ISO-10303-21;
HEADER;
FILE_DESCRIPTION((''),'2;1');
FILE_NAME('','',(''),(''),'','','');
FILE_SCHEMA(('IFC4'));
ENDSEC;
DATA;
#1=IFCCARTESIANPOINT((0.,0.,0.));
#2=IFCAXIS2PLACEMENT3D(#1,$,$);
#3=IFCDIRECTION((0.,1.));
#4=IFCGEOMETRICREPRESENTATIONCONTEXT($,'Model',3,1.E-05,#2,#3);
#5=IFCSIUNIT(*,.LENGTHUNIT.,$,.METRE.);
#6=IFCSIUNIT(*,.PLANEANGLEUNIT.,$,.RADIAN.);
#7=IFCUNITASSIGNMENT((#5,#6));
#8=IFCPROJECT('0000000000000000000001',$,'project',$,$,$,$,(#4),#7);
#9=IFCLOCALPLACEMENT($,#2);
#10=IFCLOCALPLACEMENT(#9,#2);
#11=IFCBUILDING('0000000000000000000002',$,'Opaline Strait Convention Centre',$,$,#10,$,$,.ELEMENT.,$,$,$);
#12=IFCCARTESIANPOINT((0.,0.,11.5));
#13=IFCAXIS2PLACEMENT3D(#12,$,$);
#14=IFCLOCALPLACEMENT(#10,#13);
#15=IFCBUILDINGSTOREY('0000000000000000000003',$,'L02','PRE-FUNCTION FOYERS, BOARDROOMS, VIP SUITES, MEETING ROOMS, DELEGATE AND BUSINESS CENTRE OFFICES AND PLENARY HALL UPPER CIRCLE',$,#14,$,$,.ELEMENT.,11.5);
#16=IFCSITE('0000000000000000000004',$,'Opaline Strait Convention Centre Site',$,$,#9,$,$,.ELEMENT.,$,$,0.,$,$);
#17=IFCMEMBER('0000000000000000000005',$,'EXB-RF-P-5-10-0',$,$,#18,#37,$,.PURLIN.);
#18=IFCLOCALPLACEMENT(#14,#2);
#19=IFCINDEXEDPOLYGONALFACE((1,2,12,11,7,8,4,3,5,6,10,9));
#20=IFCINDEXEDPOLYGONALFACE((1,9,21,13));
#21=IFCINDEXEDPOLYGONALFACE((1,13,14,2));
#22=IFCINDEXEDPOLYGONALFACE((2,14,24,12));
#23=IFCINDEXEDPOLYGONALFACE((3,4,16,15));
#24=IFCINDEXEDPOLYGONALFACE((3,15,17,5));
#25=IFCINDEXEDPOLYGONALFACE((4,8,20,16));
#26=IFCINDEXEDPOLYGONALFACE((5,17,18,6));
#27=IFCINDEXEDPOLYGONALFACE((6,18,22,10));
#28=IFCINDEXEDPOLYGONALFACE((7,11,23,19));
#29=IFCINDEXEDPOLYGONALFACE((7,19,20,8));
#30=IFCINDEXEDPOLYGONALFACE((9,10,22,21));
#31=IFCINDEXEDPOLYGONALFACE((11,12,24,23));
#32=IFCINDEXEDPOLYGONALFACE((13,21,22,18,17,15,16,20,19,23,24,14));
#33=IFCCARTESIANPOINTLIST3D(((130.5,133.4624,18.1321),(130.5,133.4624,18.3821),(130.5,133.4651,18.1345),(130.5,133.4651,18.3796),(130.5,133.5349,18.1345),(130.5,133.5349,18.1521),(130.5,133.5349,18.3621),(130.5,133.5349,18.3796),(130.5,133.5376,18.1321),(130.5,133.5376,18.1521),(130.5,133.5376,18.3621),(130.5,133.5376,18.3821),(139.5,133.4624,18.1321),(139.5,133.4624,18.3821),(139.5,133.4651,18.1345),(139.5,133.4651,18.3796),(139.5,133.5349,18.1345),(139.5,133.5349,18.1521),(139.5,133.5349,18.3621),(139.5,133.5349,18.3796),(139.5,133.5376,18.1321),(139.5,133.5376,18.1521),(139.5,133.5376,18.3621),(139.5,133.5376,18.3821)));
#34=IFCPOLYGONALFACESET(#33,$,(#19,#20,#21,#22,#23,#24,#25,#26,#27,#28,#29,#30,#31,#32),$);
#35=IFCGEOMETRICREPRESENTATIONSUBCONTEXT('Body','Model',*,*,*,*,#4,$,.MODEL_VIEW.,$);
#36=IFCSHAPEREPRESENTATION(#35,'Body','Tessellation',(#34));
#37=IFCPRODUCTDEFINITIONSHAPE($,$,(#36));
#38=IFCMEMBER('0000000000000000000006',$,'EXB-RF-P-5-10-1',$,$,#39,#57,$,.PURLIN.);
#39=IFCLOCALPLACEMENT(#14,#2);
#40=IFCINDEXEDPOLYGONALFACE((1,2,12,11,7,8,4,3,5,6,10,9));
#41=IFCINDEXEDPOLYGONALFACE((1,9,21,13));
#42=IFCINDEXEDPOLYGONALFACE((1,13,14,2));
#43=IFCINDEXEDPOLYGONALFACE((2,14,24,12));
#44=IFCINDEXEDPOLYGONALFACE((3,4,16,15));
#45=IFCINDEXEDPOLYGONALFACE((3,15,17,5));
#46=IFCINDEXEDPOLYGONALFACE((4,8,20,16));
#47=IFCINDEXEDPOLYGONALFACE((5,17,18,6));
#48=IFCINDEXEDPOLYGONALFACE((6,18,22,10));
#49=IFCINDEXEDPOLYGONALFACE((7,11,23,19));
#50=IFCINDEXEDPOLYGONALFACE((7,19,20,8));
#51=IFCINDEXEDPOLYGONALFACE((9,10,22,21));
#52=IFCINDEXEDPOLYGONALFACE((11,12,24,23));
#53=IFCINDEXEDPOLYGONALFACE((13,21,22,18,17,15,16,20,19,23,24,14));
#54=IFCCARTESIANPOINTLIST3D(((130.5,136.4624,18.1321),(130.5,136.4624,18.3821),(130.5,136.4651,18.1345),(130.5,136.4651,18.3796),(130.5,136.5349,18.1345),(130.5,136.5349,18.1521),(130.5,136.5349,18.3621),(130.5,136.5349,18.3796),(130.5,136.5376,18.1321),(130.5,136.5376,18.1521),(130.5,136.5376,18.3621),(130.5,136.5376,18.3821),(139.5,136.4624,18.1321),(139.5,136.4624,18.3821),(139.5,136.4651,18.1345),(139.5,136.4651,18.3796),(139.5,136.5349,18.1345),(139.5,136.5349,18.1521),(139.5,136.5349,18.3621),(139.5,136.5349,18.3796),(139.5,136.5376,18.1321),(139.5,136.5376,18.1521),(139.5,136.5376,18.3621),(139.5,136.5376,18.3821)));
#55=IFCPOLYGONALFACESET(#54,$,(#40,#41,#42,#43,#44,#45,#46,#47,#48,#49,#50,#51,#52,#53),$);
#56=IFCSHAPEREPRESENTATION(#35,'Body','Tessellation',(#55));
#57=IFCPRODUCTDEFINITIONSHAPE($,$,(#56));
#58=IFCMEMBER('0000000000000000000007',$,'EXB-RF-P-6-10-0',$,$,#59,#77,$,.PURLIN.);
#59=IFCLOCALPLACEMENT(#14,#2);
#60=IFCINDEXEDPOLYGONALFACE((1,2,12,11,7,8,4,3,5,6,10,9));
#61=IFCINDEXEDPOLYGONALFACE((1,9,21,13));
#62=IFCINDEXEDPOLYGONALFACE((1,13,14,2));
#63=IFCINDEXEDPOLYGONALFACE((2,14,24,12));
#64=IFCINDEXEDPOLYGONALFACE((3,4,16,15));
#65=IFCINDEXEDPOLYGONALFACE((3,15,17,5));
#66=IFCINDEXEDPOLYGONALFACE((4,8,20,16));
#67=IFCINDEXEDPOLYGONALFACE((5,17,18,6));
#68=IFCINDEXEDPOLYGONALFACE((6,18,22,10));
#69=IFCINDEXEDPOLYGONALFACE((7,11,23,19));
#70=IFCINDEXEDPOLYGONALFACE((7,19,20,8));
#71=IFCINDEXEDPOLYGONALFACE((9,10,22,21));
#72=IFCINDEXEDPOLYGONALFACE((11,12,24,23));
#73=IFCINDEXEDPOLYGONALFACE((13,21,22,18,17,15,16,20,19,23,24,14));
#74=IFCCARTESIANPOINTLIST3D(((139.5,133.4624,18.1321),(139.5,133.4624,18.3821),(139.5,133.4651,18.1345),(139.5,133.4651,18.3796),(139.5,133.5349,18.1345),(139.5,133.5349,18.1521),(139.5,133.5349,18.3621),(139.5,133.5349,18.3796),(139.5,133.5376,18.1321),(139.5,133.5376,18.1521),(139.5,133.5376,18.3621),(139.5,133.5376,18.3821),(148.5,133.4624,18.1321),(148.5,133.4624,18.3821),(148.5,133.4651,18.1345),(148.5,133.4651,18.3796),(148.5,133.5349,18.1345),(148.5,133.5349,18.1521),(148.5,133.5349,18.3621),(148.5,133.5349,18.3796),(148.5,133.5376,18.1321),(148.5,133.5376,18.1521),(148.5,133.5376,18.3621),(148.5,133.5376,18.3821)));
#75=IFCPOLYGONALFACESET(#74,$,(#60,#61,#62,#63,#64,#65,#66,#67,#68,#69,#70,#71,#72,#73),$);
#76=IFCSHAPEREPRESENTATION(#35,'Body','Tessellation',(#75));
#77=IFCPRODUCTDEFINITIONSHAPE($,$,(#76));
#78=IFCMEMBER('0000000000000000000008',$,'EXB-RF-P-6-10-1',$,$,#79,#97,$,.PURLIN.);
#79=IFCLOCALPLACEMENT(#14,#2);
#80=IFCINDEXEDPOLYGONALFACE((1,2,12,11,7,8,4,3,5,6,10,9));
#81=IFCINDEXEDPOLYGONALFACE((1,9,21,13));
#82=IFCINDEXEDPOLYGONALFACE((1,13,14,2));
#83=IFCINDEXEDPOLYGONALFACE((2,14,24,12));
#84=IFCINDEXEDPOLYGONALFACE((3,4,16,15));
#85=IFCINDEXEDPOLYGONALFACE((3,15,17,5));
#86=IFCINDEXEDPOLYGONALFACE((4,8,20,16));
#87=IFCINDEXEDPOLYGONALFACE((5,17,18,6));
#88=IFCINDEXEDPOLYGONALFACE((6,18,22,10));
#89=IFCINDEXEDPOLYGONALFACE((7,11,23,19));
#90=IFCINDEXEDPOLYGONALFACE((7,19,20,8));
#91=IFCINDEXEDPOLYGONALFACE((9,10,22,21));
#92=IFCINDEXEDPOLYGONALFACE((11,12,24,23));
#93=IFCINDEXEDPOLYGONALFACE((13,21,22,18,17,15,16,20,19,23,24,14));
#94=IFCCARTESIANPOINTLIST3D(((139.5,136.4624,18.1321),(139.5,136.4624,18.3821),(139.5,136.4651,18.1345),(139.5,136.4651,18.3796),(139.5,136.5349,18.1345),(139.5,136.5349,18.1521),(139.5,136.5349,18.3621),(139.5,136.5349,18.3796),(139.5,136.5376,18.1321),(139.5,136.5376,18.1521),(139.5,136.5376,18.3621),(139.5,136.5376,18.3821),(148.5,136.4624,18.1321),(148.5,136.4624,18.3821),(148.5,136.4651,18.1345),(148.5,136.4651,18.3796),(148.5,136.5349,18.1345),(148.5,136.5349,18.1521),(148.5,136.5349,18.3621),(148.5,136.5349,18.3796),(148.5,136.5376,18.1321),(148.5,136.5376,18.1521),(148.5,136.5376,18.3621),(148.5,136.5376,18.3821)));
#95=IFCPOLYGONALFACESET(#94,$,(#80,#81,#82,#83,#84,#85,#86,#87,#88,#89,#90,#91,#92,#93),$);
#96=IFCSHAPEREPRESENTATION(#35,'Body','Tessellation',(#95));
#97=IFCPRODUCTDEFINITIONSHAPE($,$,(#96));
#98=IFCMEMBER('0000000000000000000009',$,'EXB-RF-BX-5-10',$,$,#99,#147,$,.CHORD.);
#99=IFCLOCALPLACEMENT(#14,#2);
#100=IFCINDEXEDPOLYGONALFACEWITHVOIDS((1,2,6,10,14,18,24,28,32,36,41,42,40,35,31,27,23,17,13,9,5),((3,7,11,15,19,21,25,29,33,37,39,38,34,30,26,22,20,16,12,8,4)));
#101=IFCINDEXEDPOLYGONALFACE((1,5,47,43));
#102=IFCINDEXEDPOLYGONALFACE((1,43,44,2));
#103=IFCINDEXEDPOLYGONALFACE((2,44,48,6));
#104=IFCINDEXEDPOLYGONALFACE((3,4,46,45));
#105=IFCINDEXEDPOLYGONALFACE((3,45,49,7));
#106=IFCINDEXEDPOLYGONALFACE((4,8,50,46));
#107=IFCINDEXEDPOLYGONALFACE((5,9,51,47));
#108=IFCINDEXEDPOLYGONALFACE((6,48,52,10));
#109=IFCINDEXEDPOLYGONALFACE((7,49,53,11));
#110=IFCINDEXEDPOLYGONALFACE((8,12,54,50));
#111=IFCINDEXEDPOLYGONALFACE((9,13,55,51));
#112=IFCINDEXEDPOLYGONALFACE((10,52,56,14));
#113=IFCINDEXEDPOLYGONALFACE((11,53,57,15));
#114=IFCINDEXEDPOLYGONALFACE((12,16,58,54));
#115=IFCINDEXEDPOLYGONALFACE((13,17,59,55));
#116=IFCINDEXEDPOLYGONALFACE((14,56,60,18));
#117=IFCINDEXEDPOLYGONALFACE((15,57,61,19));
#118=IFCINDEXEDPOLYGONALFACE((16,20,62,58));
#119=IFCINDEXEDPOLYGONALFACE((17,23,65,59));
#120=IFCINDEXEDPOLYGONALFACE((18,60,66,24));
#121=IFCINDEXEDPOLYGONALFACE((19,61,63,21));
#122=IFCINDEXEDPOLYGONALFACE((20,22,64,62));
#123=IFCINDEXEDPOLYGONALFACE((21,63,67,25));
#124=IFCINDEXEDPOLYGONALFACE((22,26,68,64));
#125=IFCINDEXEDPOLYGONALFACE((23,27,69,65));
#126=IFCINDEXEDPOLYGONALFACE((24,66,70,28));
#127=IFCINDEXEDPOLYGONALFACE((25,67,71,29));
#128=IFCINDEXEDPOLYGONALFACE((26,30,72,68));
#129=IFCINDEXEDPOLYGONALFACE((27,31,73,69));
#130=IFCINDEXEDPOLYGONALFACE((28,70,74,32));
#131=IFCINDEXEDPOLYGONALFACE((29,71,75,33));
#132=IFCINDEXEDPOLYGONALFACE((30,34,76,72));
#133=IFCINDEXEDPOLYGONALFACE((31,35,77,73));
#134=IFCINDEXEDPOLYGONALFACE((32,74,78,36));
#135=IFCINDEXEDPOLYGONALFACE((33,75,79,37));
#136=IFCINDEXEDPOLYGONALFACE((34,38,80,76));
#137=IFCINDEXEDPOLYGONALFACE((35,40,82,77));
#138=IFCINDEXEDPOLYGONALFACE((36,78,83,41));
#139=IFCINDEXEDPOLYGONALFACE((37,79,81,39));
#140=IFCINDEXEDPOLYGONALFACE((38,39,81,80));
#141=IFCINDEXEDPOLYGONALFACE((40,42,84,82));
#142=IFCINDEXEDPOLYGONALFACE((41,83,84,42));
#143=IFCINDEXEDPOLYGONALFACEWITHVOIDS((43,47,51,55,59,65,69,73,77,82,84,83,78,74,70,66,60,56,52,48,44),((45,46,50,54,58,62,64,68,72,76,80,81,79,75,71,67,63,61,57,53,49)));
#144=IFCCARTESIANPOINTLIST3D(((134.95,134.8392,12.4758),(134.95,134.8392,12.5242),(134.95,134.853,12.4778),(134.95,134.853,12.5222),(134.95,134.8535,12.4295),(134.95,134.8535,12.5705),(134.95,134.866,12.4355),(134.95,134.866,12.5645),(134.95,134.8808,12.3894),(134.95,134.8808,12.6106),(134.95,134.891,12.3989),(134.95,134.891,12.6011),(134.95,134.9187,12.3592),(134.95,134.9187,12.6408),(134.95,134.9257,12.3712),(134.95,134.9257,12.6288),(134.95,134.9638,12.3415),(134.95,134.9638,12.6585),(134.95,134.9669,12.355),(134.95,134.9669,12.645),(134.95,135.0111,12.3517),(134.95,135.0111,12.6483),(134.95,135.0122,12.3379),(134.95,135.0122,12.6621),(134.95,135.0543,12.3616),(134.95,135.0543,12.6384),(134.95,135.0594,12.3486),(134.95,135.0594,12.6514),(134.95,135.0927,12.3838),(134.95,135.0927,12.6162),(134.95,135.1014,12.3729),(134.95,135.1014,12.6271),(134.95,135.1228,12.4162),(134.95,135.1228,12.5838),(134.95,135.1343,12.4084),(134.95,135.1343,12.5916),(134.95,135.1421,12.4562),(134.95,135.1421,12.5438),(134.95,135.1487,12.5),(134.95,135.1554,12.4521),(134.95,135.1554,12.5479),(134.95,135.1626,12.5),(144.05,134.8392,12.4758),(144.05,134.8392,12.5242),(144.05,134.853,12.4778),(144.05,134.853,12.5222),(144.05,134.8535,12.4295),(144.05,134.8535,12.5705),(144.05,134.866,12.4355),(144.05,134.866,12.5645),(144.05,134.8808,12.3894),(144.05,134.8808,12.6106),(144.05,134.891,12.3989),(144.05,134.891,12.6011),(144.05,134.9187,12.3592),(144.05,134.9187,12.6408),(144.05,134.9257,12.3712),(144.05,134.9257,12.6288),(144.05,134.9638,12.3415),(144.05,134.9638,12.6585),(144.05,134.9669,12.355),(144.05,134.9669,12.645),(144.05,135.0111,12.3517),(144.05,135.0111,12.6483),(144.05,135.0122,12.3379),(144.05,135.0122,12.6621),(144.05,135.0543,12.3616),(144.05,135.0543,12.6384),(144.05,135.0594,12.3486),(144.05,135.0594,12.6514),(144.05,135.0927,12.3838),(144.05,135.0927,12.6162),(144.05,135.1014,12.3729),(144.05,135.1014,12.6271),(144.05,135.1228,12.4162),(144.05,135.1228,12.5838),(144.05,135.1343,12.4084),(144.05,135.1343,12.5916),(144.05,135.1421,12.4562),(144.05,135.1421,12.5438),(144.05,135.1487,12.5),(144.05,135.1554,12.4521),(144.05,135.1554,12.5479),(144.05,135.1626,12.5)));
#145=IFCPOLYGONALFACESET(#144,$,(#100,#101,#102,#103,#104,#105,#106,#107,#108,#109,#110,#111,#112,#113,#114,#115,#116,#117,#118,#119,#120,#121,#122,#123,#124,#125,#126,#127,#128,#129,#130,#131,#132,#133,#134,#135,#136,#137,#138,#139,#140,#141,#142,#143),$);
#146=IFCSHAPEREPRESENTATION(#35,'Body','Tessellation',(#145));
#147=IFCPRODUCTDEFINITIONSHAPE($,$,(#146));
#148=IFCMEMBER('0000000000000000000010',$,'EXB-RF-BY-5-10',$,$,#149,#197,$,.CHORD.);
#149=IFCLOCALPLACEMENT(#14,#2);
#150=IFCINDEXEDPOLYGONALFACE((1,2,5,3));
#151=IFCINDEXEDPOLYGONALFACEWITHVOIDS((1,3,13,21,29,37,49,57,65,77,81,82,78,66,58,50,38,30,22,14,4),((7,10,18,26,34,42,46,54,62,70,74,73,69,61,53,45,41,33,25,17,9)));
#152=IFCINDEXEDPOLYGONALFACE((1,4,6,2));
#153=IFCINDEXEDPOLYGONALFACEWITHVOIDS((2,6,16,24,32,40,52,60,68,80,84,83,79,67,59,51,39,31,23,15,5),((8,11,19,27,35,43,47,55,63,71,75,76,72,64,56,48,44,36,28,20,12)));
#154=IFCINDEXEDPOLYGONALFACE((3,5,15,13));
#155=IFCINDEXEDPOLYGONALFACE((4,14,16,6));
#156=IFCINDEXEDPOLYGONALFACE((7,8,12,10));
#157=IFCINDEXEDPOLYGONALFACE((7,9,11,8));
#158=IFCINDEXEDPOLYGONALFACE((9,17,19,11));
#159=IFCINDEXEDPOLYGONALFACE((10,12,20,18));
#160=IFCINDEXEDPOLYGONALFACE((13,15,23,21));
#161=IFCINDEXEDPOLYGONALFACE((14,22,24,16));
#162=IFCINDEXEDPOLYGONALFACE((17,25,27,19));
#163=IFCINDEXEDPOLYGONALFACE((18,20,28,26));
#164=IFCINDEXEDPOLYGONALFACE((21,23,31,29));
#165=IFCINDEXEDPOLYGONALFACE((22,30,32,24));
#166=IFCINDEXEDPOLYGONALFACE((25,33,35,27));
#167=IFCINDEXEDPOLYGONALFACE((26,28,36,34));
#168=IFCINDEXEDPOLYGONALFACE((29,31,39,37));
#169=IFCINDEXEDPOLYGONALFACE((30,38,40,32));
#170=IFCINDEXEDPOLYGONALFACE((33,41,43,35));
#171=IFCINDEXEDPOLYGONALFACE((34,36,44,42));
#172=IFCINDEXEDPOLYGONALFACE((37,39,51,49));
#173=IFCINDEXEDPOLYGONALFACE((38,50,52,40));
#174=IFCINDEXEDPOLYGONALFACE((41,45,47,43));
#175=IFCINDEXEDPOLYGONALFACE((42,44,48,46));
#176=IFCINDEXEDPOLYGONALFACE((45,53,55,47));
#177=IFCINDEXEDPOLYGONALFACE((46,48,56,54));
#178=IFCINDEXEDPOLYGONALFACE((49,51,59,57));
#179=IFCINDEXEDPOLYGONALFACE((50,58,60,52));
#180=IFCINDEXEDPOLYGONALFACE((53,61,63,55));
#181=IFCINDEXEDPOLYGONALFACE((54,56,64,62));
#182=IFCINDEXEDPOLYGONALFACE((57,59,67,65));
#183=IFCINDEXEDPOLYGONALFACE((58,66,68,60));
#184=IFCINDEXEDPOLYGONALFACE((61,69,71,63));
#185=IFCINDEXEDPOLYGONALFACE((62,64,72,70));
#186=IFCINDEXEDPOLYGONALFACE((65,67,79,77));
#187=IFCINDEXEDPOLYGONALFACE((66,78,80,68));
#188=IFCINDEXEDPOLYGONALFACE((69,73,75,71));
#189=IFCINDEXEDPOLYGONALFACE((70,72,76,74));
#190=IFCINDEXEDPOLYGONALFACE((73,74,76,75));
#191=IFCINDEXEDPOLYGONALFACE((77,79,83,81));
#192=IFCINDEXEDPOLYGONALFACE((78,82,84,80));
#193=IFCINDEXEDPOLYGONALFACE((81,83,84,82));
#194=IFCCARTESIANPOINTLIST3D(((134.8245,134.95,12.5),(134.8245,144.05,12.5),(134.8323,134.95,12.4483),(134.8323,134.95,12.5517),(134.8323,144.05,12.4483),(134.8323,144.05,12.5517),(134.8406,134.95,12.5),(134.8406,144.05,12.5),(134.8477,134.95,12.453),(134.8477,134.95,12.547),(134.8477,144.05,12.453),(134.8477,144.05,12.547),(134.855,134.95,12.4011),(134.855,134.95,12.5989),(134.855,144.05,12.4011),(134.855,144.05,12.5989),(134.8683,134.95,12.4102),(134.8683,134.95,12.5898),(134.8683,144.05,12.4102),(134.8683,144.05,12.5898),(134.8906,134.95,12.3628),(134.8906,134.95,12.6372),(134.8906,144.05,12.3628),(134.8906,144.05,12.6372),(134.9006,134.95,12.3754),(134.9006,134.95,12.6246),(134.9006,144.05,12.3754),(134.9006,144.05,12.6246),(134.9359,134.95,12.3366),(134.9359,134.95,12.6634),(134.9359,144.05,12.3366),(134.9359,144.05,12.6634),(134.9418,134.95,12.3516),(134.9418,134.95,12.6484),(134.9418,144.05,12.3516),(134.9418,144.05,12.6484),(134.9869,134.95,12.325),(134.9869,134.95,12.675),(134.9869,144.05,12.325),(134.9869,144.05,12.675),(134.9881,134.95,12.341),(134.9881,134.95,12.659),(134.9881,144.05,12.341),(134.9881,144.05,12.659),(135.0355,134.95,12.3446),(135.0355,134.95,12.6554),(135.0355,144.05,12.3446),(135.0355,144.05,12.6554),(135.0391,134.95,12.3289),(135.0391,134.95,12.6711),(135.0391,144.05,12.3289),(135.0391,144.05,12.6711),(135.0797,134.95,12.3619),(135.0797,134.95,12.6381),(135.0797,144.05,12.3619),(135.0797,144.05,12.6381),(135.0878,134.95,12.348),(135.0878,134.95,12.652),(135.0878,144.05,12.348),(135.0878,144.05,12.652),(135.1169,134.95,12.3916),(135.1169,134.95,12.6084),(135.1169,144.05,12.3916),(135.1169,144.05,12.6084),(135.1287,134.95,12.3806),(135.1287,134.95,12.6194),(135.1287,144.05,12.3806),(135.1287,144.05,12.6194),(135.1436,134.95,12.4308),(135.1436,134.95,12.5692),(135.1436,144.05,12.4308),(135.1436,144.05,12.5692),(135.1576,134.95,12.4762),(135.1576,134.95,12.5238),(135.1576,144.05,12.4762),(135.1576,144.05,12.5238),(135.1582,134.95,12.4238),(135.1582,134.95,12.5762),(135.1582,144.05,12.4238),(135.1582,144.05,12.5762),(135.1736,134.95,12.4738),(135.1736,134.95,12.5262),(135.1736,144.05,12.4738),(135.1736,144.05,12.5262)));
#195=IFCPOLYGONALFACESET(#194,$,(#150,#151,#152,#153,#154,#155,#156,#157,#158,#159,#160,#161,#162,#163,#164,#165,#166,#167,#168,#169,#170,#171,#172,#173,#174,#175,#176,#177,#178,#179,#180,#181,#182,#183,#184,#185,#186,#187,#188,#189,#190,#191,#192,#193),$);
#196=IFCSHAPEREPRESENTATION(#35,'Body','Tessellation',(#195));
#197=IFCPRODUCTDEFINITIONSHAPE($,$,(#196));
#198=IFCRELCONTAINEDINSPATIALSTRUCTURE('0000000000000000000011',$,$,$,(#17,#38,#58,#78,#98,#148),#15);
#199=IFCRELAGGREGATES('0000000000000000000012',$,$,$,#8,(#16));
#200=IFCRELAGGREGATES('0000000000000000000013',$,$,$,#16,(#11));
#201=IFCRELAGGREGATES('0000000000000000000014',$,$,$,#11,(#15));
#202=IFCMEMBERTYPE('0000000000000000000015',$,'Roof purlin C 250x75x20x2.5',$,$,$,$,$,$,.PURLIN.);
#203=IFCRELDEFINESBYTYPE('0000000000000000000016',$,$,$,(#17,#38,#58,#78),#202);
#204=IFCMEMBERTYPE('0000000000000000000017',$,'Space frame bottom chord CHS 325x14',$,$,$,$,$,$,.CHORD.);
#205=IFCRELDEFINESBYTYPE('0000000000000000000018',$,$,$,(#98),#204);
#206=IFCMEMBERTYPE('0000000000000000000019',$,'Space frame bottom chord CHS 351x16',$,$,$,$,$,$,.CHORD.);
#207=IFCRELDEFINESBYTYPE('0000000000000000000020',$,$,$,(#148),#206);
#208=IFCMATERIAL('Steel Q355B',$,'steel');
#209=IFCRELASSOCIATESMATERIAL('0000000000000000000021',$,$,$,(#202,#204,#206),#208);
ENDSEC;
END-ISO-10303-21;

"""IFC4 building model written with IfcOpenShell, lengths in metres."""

from ifc_helpers import new_model, si_unit, direction, frame, origin, origin_2d, place, context, subcontext, project, spatial, polyline, hollow_circle, outline, extrude, material, material_profile, profile_set, type_object, element, save


model = new_model("IFC4")

# Units and contexts
model_context = context("Model", 3, precision=1e-05, world=origin(), true_north=direction((0.0, 1.0)))
body_context = subcontext(model_context, "Body", "Model", "MODEL_VIEW")
ifc_project = project(units=[si_unit("LENGTHUNIT", "METRE"), si_unit("PLANEANGLEUNIT", "RADIAN")], contexts=[model_context])

# Site, building, storey
site_placement = place(None, origin())
site = spatial("IfcSite", under=ifc_project, at=site_placement, Name="Opaline Strait Convention Centre Site", CompositionType="ELEMENT", RefElevation=0.0)
building_placement = place(site_placement, origin())
building = spatial("IfcBuilding", under=site, at=building_placement, Name="Opaline Strait Convention Centre", CompositionType="ELEMENT")
storey_placement = place(building_placement, frame((0.0, 0.0, 11.5)))
storey = spatial("IfcBuildingStorey", under=building, at=storey_placement, Name="L02", Description="PRE-FUNCTION FOYERS, BOARDROOMS, VIP SUITES, MEETING ROOMS, DELEGATE AND BUSINESS CENTRE OFFICES AND PLENARY HALL UPPER CIRCLE", CompositionType="ELEMENT", Elevation=11.5)

# Members
ifc_material = material(Name="Steel Q355B", Category="steel")
ifc_material_profile_1 = material_profile(ifc_material, outline(polyline([(-0.0376, -0.125), (0.0376, -0.125), (0.0376, -0.105), (0.0349, -0.105), (0.0349, -0.1226), (-0.0349, -0.1226), (-0.0349, 0.1226), (0.0349, 0.1226), (0.0349, 0.105), (0.0376, 0.105), (0.0376, 0.125), (-0.0376, 0.125), (-0.0376, -0.125)])), Name="C 250x75x20x2.5")
ifc_profile_set_1 = profile_set([ifc_material_profile_1], Name="Steel Q355B")
member_type_1 = type_object("IfcMemberType", Name="Roof purlin C 250x75x20x2.5", PredefinedType="PURLIN", material=ifc_profile_set_1)
for number, where, z_axis, x_axis, name in (
    (1, (130.5, 133.5, 18.2571), (1.0, 0.0, 0.0), (0.0, 1.0, 0.0), "EXB-RF-P-5-10-0"),
    (2, (130.5, 136.5, 18.2571), (1.0, 0.0, 0.0), (0.0, 1.0, 0.0), "EXB-RF-P-5-10-1"),
    (3, (139.5, 133.5, 18.2571), (1.0, 0.0, 0.0), (0.0, 1.0, 0.0), "EXB-RF-P-6-10-0"),
    (4, (139.5, 136.5, 18.2571), (1.0, 0.0, 0.0), (0.0, 1.0, 0.0), "EXB-RF-P-6-10-1"),
):
    element("IfcMember", number, at=place(storey_placement, frame(where, z_axis=z_axis, x_axis=x_axis)), inside=storey, type_object=member_type_1, Name=name, PredefinedType="PURLIN", context=body_context, shape_type="SweptSolid", body=[
        extrude(outline(polyline([(-0.0376, -0.125), (0.0376, -0.125), (0.0376, -0.105), (0.0349, -0.105), (0.0349, -0.1226), (-0.0349, -0.1226), (-0.0349, 0.1226), (0.0349, 0.1226), (0.0349, 0.105), (0.0376, 0.105), (0.0376, 0.125), (-0.0376, 0.125), (-0.0376, -0.125)])), origin(), (0.0, 0.0, 1.0), 9.0),
    ])
ifc_material_profile_2 = material_profile(ifc_material, hollow_circle(Radius=0.1626, WallThickness=0.0139, at=origin_2d()), Name="CHS 325x14")
ifc_profile_set_2 = profile_set([ifc_material_profile_2], Name="Steel Q355B")
member_type_2 = type_object("IfcMemberType", Name="Space frame bottom chord CHS 325x14", PredefinedType="CHORD", material=ifc_profile_set_2)
member_1_placement = place(storey_placement, frame((134.95, 135.0, 12.5), z_axis=(1.0, 0.0, 0.0), x_axis=(0.0, 1.0, 0.0)))
element("IfcMember", 5, at=member_1_placement, inside=storey, type_object=member_type_2, Name="EXB-RF-BX-5-10", PredefinedType="CHORD", context=body_context, shape_type="SweptSolid", body=[
    extrude(hollow_circle(Radius=0.1626, WallThickness=0.0139, at=origin_2d()), origin(), (0.0, 0.0, 1.0), 9.1001),
])
ifc_material_profile_3 = material_profile(ifc_material, hollow_circle(Radius=0.1755, WallThickness=0.0161, at=origin_2d()), Name="CHS 351x16")
ifc_profile_set_3 = profile_set([ifc_material_profile_3], Name="Steel Q355B")
member_type_3 = type_object("IfcMemberType", Name="Space frame bottom chord CHS 351x16", PredefinedType="CHORD", material=ifc_profile_set_3)
member_2_placement = place(storey_placement, frame((135.0, 134.95, 12.5), z_axis=(0.0, 1.0, 0.0), x_axis=(-1.0, 0.0, 0.0)))
element("IfcMember", 6, at=member_2_placement, inside=storey, type_object=member_type_3, Name="EXB-RF-BY-5-10", PredefinedType="CHORD", context=body_context, shape_type="SweptSolid", body=[
    extrude(hollow_circle(Radius=0.1755, WallThickness=0.0161, at=origin_2d()), origin(), (0.0, 0.0, 1.0), 9.1001),
])

save(model, "model.ifc")
